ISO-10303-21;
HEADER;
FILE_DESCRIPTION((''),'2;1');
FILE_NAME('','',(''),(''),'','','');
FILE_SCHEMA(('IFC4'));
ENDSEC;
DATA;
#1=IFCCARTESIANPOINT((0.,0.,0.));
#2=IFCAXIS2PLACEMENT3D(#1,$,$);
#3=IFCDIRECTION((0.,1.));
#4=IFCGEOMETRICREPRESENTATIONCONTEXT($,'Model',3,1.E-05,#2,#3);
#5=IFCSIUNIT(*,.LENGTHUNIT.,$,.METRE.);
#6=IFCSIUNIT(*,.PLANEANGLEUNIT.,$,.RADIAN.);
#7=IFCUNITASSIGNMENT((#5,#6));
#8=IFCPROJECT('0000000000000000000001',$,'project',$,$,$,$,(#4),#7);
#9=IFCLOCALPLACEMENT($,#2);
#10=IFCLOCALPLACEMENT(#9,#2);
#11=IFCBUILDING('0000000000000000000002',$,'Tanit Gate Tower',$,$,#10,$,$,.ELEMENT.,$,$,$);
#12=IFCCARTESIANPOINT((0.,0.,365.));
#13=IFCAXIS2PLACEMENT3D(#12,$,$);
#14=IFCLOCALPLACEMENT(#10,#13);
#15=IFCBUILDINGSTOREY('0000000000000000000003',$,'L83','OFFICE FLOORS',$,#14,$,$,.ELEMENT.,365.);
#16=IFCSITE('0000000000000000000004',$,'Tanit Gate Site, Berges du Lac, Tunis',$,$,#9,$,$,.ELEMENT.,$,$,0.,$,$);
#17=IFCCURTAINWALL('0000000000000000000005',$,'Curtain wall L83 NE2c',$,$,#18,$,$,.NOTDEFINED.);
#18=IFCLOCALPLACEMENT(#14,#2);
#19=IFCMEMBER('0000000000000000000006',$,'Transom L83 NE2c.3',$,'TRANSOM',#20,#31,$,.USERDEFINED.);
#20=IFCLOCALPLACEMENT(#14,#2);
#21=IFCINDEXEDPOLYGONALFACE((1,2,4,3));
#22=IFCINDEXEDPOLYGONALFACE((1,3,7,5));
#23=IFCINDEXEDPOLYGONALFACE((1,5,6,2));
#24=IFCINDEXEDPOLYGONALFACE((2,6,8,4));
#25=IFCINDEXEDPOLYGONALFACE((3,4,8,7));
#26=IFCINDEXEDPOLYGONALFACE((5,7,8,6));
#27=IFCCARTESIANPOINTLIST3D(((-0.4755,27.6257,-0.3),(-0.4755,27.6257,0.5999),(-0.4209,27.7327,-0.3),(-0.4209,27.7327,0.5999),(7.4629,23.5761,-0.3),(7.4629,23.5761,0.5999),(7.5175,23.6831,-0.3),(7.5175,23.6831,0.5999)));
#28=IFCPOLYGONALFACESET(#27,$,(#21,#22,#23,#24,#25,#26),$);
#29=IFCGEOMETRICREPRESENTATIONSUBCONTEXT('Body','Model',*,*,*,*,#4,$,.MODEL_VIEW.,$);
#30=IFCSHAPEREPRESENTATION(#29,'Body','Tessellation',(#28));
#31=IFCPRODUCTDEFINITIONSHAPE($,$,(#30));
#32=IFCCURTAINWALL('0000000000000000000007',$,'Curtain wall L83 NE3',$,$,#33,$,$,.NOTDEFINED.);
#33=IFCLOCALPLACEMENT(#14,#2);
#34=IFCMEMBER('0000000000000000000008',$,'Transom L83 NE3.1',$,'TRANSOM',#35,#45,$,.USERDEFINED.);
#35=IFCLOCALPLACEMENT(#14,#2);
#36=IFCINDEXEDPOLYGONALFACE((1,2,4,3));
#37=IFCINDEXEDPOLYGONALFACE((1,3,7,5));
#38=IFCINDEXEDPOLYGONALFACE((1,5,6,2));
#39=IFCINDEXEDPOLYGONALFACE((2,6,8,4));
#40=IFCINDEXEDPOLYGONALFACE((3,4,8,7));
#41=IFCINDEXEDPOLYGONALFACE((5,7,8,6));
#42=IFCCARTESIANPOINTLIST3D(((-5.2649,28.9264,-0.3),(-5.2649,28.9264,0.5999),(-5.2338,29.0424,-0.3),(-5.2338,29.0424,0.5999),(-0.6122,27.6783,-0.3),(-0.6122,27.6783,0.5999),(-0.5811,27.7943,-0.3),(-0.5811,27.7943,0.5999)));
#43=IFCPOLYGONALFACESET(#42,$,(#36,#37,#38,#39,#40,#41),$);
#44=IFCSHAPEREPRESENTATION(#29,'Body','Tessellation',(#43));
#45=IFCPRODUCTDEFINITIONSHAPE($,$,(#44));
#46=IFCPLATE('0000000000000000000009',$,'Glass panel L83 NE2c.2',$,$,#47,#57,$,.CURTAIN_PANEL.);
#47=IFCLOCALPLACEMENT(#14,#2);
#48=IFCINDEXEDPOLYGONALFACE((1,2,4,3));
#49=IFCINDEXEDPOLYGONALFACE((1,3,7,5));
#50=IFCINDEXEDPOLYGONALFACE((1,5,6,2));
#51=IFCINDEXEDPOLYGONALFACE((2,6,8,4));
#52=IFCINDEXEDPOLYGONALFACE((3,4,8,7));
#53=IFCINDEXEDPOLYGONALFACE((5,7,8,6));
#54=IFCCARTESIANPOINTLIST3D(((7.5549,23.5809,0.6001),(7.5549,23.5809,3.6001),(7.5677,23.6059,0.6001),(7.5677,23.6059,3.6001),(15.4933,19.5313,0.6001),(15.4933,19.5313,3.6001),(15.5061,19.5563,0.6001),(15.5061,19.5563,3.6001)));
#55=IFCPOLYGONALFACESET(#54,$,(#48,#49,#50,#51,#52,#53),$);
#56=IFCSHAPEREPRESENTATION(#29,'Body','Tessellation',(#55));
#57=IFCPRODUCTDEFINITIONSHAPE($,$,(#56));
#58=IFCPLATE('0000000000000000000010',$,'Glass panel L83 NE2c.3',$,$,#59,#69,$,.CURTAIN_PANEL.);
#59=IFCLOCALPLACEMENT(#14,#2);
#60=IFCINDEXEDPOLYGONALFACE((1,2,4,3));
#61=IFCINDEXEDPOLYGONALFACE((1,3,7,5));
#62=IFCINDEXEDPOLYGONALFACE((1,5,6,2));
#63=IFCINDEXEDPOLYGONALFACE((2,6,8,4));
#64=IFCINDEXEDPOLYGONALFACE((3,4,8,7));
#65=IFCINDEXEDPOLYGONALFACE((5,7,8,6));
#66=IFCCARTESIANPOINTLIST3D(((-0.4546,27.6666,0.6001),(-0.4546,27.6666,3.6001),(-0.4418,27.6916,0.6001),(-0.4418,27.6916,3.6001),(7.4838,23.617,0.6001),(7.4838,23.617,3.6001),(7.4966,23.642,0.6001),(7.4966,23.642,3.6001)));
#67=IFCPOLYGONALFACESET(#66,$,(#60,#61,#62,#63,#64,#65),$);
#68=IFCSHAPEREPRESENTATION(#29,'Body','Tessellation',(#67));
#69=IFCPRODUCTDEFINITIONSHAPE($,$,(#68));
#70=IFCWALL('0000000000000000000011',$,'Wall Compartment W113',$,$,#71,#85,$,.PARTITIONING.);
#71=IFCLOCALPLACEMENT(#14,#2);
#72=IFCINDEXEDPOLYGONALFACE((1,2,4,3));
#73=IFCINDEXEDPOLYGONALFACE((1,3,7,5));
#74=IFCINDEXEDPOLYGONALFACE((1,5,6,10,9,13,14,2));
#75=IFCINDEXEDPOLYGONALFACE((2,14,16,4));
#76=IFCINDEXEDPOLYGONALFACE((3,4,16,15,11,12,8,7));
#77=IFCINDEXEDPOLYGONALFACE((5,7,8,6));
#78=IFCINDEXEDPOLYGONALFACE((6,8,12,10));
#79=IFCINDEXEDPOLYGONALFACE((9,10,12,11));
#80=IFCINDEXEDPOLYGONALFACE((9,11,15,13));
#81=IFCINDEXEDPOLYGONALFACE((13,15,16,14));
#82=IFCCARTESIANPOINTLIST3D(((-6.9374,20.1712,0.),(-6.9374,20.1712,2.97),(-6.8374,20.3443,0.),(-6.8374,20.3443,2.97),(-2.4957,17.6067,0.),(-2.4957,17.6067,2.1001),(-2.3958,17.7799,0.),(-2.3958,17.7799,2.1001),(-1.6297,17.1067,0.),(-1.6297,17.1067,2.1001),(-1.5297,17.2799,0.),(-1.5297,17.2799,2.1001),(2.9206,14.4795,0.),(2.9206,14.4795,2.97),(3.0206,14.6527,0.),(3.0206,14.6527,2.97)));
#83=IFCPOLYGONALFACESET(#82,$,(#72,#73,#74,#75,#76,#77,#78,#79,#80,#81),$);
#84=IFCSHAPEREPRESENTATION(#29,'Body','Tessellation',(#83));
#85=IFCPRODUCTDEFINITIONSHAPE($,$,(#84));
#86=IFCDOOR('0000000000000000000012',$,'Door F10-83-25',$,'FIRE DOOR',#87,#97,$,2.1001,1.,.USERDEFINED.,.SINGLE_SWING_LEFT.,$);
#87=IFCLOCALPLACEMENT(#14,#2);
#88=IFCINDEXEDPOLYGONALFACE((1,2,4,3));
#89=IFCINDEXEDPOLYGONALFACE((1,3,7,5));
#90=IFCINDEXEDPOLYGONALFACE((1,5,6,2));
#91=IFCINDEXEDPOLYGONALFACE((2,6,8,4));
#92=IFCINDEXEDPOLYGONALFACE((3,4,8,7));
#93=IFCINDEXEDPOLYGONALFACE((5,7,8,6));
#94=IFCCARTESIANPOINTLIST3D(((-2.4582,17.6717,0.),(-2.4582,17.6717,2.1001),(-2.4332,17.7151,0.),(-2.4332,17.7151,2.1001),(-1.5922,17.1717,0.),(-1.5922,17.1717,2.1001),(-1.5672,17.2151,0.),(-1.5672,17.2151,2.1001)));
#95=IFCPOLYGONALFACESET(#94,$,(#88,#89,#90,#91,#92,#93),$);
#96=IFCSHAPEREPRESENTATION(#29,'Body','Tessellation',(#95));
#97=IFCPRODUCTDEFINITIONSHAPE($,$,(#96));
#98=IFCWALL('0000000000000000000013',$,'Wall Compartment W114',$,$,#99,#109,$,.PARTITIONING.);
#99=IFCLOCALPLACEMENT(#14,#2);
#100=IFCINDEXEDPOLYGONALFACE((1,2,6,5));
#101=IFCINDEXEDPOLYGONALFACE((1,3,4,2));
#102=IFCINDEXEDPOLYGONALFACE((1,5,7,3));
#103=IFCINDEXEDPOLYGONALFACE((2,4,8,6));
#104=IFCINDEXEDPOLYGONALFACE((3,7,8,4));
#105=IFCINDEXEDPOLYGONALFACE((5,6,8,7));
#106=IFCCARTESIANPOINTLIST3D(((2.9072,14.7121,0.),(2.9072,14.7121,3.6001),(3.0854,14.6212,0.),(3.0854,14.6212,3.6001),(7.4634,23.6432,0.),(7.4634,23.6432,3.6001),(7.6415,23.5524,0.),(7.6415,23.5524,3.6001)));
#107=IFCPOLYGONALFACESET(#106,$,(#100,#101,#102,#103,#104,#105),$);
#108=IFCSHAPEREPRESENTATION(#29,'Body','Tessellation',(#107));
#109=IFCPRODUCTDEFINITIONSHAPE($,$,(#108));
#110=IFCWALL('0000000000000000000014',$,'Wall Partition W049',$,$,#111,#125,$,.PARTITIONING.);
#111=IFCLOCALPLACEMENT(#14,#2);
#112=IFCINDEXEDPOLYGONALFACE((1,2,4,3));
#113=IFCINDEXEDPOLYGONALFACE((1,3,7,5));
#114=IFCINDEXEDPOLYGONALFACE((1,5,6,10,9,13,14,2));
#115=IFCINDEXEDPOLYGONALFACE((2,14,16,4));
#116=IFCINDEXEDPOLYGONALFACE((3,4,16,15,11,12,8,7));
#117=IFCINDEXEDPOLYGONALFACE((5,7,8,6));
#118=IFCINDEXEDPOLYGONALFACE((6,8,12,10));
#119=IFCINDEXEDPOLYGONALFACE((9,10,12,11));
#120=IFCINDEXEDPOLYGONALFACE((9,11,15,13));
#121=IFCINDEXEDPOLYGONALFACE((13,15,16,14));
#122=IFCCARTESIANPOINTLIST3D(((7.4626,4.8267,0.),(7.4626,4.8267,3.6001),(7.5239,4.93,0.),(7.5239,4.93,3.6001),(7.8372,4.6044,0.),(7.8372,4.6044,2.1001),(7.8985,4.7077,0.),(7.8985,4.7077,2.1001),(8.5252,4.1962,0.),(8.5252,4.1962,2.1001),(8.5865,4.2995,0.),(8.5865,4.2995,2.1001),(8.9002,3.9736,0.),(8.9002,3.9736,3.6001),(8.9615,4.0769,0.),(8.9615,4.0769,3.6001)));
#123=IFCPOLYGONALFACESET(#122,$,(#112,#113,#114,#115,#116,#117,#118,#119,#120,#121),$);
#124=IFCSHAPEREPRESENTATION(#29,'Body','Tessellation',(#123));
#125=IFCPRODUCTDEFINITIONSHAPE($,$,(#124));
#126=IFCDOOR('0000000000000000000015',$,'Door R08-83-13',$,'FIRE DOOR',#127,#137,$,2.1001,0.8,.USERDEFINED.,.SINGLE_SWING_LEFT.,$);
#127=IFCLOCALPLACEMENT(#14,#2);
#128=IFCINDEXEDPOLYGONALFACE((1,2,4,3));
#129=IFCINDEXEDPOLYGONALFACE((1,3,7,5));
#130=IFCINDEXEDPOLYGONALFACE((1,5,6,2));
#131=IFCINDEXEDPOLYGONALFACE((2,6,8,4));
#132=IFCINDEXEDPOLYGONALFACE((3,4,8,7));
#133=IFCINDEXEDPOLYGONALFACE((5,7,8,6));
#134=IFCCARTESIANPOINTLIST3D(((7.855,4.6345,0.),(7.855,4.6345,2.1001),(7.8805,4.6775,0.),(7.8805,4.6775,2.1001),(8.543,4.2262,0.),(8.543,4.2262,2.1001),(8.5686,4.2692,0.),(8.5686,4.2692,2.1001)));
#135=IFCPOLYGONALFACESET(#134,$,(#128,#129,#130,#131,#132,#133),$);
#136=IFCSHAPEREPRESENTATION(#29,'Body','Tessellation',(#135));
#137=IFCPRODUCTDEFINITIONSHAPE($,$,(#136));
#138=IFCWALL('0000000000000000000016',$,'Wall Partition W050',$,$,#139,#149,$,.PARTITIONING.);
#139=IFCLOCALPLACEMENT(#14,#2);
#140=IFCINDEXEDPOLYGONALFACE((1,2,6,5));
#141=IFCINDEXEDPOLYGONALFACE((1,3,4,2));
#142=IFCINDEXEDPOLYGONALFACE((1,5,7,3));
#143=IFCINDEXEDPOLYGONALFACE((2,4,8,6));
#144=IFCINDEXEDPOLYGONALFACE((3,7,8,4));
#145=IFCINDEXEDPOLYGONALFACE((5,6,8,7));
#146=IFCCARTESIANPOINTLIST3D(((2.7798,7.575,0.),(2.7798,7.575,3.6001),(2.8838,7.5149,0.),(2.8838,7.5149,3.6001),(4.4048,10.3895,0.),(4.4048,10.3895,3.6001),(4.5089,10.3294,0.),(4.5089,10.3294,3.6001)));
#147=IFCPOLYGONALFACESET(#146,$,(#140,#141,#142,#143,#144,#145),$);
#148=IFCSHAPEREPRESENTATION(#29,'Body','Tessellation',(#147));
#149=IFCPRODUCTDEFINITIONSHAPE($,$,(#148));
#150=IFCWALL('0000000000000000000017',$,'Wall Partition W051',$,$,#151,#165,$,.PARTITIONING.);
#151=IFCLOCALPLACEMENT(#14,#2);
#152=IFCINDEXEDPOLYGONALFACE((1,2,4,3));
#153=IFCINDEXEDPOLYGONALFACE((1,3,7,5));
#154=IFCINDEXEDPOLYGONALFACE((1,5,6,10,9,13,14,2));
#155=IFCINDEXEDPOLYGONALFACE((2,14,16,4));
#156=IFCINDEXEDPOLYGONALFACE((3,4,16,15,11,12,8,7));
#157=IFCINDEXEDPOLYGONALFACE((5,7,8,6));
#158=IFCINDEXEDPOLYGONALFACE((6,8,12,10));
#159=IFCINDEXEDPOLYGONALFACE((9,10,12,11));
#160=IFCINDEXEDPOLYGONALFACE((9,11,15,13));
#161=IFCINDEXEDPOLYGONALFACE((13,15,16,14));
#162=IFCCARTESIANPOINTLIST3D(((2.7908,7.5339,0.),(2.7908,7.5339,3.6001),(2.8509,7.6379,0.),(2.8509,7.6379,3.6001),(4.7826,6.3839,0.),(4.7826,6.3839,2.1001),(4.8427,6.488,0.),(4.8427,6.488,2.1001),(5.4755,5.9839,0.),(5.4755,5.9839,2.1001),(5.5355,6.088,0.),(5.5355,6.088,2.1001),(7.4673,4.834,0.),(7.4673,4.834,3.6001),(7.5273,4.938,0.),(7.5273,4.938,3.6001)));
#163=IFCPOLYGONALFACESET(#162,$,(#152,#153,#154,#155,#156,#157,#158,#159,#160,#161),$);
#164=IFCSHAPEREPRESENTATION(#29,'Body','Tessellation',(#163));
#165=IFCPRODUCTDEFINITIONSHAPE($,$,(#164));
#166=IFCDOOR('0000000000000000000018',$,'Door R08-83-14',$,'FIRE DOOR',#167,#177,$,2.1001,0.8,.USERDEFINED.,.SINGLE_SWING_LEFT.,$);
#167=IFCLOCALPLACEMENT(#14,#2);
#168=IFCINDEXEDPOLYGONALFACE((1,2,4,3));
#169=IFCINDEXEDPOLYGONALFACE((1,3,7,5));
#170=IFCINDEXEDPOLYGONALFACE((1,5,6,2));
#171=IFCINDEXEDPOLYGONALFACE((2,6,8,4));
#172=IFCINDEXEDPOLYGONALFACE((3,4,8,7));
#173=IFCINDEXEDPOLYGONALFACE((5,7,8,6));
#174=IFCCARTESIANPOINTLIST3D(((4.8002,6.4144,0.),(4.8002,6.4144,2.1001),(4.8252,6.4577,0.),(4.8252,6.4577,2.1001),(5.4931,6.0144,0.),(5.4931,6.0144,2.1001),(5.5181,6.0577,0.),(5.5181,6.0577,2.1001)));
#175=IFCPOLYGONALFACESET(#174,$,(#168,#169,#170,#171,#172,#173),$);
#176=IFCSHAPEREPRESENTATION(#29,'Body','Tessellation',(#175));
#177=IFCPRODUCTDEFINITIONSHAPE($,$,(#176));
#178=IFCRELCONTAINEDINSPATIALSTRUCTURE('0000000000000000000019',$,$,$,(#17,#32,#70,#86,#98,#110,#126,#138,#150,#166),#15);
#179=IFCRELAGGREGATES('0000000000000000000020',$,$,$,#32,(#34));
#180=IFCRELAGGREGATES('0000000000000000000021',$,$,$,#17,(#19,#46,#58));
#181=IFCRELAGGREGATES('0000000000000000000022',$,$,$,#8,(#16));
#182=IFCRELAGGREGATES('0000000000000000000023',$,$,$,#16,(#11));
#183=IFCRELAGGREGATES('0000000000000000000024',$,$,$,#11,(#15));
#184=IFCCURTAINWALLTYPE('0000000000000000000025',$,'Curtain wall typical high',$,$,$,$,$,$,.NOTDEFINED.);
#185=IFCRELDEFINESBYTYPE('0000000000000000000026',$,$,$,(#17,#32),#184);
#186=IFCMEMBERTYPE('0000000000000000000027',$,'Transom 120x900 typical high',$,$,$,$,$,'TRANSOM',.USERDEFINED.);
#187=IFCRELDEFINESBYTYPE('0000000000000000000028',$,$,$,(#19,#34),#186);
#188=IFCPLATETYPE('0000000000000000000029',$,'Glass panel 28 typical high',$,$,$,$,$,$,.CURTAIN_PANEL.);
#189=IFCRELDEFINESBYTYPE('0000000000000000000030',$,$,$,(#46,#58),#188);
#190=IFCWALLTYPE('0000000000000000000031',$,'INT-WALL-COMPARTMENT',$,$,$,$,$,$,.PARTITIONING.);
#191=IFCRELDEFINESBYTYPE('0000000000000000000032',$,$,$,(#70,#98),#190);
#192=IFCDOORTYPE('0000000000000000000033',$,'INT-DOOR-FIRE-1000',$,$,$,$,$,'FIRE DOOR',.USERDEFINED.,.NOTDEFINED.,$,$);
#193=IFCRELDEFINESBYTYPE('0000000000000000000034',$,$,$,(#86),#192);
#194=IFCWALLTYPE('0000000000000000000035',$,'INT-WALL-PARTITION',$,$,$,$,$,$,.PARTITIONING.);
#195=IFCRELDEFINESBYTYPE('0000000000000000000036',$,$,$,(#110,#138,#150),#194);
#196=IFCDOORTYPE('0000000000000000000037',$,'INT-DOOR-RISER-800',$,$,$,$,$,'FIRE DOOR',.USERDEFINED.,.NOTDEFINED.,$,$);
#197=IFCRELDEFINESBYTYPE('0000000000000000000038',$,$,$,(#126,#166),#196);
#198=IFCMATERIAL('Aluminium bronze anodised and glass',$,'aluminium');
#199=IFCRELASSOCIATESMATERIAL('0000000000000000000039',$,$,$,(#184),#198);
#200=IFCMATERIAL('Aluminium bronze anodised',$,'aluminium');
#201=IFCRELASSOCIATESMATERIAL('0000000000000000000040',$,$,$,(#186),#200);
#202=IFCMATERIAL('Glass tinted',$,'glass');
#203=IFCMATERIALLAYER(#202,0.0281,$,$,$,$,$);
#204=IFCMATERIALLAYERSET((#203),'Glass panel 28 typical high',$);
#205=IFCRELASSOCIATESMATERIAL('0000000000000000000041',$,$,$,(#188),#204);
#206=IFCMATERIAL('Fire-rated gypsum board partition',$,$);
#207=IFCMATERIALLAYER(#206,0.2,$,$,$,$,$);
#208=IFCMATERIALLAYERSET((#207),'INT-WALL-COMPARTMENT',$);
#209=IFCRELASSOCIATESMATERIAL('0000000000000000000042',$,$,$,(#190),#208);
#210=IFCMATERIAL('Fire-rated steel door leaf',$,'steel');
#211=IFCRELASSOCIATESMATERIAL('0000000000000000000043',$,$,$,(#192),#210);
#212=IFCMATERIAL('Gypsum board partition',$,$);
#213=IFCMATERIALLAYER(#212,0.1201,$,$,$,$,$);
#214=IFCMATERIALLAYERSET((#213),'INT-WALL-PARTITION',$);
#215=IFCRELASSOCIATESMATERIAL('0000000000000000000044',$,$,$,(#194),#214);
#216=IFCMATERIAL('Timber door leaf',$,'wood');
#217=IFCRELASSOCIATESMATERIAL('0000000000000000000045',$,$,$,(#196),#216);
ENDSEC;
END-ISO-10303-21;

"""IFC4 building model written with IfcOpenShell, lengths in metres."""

from ifc_helpers import new_model, si_unit, direction, frame, frame_2d, origin, origin_2d, place, context, subcontext, project, spatial, rectangle, extrude, material, layer, layer_set, material_profile, profile_set, type_object, element, fill, aggregate, save


model = new_model("IFC4")

# Units and contexts
model_context = context("Model", 3, precision=1e-05, world=origin(), true_north=direction((0.0, 1.0)))
body_context = subcontext(model_context, "Body", "Model", "MODEL_VIEW")
ifc_project = project(units=[si_unit("LENGTHUNIT", "METRE"), si_unit("PLANEANGLEUNIT", "RADIAN")], contexts=[model_context])

# Site, building, storey
site_placement = place(None, origin())
site = spatial("IfcSite", under=ifc_project, at=site_placement, Name="Tanit Gate Site, Berges du Lac, Tunis", CompositionType="ELEMENT", RefElevation=0.0)
building_placement = place(site_placement, origin())
building = spatial("IfcBuilding", under=site, at=building_placement, Name="Tanit Gate Tower", CompositionType="ELEMENT")
storey_placement = place(building_placement, frame((0.0, 0.0, 365.0)))
storey = spatial("IfcBuildingStorey", under=building, at=storey_placement, Name="L83", Description="OFFICE FLOORS", CompositionType="ELEMENT", Elevation=365.0)

# Curtain wall
ifc_material_1 = material(Name="Aluminium bronze anodised and glass", Category="aluminium")
curtain_wall_type = type_object("IfcCurtainWallType", Name="Curtain wall typical high", PredefinedType="NOTDEFINED", material=ifc_material_1)
curtain_wall_1_placement = place(storey_placement, origin())
curtain_wall_1 = element("IfcCurtainWall", 1, at=curtain_wall_1_placement, inside=storey, type_object=curtain_wall_type, Name="Curtain wall L83 NE2c", PredefinedType="NOTDEFINED")

# Member
ifc_material_2 = material(Name="Aluminium bronze anodised", Category="aluminium")
ifc_material_profile_1 = material_profile(ifc_material_2, rectangle(XDim=0.1201, YDim=0.8999, at=origin_2d()), Name="120x900 bronze transom")
ifc_profile_set_1 = profile_set([ifc_material_profile_1], Name="Aluminium bronze anodised")
member_type_1 = type_object("IfcMemberType", Name="Transom 120x900 typical high", ElementType="TRANSOM", PredefinedType="USERDEFINED", material=ifc_profile_set_1)
member_1_placement = place(storey_placement, frame((7.4902, 23.6296, 0.1499), z_axis=(-0.890793, 0.45441, 0.0), x_axis=(-0.45441, -0.890793, 0.0)))
member_1 = element("IfcMember", 2, at=member_1_placement, type_object=member_type_1, Name="Transom L83 NE2c.3", ObjectType="TRANSOM", PredefinedType="USERDEFINED", context=body_context, shape_type="SweptSolid", body=[
    extrude(rectangle(XDim=0.1201, YDim=0.8999, at=origin_2d()), origin(), (0.0, 0.0, 1.0), 8.9116),
])

# Curtain wall, member
curtain_wall_2_placement = place(storey_placement, origin())
curtain_wall_2 = element("IfcCurtainWall", 3, at=curtain_wall_2_placement, inside=storey, type_object=curtain_wall_type, Name="Curtain wall L83 NE3", PredefinedType="NOTDEFINED")
member_2_placement = place(storey_placement, frame((-0.5967, 27.7363, 0.1499), z_axis=(-0.965854, 0.259088, 0.0), x_axis=(-0.259088, -0.965854, 0.0)))
member_2 = element("IfcMember", 4, at=member_2_placement, type_object=member_type_1, Name="Transom L83 NE3.1", ObjectType="TRANSOM", PredefinedType="USERDEFINED", context=body_context, shape_type="SweptSolid", body=[
    extrude(rectangle(XDim=0.1201, YDim=0.8999, at=origin_2d()), origin(), (0.0, 0.0, 1.0), 4.8171),
])
aggregate(curtain_wall_2, [member_2])

# Plates
ifc_material_3 = material(Name="Glass tinted", Category="glass")
ifc_layer_1 = layer(ifc_material_3, 0.0281)
ifc_layer_set_1 = layer_set([ifc_layer_1], Name="Glass panel 28 typical high")
plate_type = type_object("IfcPlateType", Name="Glass panel 28 typical high", PredefinedType="CURTAIN_PANEL", material=ifc_layer_set_1)
plate_1_placement = place(storey_placement, frame((11.5305, 21.5686, 0.6001), z_axis=(0.0, 0.0, 1.0), x_axis=(-0.890792, 0.454411, 0.0)))
plate_1 = element("IfcPlate", 5, at=plate_1_placement, type_object=plate_type, Name="Glass panel L83 NE2c.2", PredefinedType="CURTAIN_PANEL", context=body_context, shape_type="SweptSolid", body=[
    extrude(rectangle(XDim=8.9116, YDim=0.0281, at=origin_2d()), origin(), (0.0, 0.0, 1.0), 3.0),
])
plate_2_placement = place(storey_placement, frame((3.521, 25.6543, 0.6001), z_axis=(0.0, 0.0, 1.0), x_axis=(-0.890792, 0.454411, 0.0)))
plate_2 = element("IfcPlate", 6, at=plate_2_placement, type_object=plate_type, Name="Glass panel L83 NE2c.3", PredefinedType="CURTAIN_PANEL", context=body_context, shape_type="SweptSolid", body=[
    extrude(rectangle(XDim=8.9116, YDim=0.0281, at=origin_2d()), origin(), (0.0, 0.0, 1.0), 3.0),
])
aggregate(curtain_wall_1, [member_1, plate_1, plate_2])

# Wall, opening, door
ifc_material_4 = material(Name="Fire-rated gypsum board partition")
ifc_layer_2 = layer(ifc_material_4, 0.2)
ifc_layer_set_2 = layer_set([ifc_layer_2], Name="INT-WALL-COMPARTMENT")
wall_type_1 = type_object("IfcWallType", Name="INT-WALL-COMPARTMENT", PredefinedType="PARTITIONING", material=ifc_layer_set_2)
wall_1_placement = place(storey_placement, frame((2.9705, 14.5662, 0.0), z_axis=(0.0, 0.0, 1.0), x_axis=(-0.866018, 0.500012, 0.0)))
wall_1 = element("IfcWall", 7, at=wall_1_placement, inside=storey, type_object=wall_type_1, Name="Wall Compartment W113", PredefinedType="PARTITIONING", context=body_context, shape_type="SweptSolid", body=[
    extrude(rectangle(XDim=11.3831, YDim=0.2, at=frame_2d((5.6914, 0.0))), origin(), (0.0, 0.0, 1.0), 2.97),
])
opening_1_placement = place(wall_1_placement, frame((5.2542, 0.0, 0.0)))
opening_1 = element("IfcOpeningElement", 8, at=opening_1_placement, cuts=wall_1, PredefinedType="OPENING", context=body_context, shape_type="SweptSolid", body=[
    extrude(rectangle(XDim=1.0, YDim=2.1001, at=frame_2d((0.5, 1.05))), frame((0.0, 0.1099, 0.0), z_axis=(0.0, -1.0, 0.0), x_axis=(1.0, 0.0, 0.0)), (0.0, 0.0, 1.0), 0.22),
])
ifc_material_5 = material(Name="Fire-rated steel door leaf", Category="steel")
door_type_1 = type_object("IfcDoorType", Name="INT-DOOR-FIRE-1000", ElementType="FIRE DOOR", OperationType="NOTDEFINED", PredefinedType="USERDEFINED", material=ifc_material_5)
door_1_placement = place(opening_1_placement, origin())
door_1 = element("IfcDoor", 9, at=door_1_placement, inside=storey, type_object=door_type_1, Name="Door F10-83-25", ObjectType="FIRE DOOR", OperationType="SINGLE_SWING_LEFT", OverallHeight=2.1001, OverallWidth=1.0, PredefinedType="USERDEFINED", context=body_context, shape_type="SweptSolid", body=[
    extrude(rectangle(XDim=1.0, YDim=2.1001, at=frame_2d((0.5, 1.05))), frame((0.0, 0.0249, 0.0), z_axis=(0.0, -1.0, 0.0), x_axis=(1.0, 0.0, 0.0)), (0.0, 0.0, 1.0), 0.05),
])
fill(opening_1, door_1)

# Wall
wall_2_placement = place(storey_placement, frame((7.5525, 23.5979, 0.0), z_axis=(0.0, 0.0, 1.0), x_axis=(-0.454426, -0.890784, 0.0)))
element("IfcWall", 10, at=wall_2_placement, inside=storey, type_object=wall_type_1, Name="Wall Compartment W114", PredefinedType="PARTITIONING", context=body_context, shape_type="SweptSolid", body=[
    extrude(rectangle(XDim=10.0261, YDim=0.2, at=frame_2d((5.0132, 0.0))), origin(), (0.0, 0.0, 1.0), 3.6001),
])

# Wall, opening, door
ifc_material_6 = material(Name="Gypsum board partition")
ifc_layer_3 = layer(ifc_material_6, 0.1201)
ifc_layer_set_3 = layer_set([ifc_layer_3], Name="INT-WALL-PARTITION")
wall_type_2 = type_object("IfcWallType", Name="INT-WALL-PARTITION", PredefinedType="PARTITIONING", material=ifc_layer_set_3)
wall_3_placement = place(storey_placement, frame((7.4932, 4.8784, 0.0), z_axis=(0.0, 0.0, 1.0), x_axis=(0.859983, -0.510323, 0.0)))
wall_3 = element("IfcWall", 11, at=wall_3_placement, inside=storey, type_object=wall_type_2, Name="Wall Partition W049", PredefinedType="PARTITIONING", context=body_context, shape_type="SweptSolid", body=[
    extrude(rectangle(XDim=1.6716, YDim=0.1201, at=frame_2d((0.8359, 0.0))), origin(), (0.0, 0.0, 1.0), 3.6001),
])
opening_2_placement = place(wall_3_placement, frame((0.4358, 0.0, 0.0)))
opening_2 = element("IfcOpeningElement", 12, at=opening_2_placement, cuts=wall_3, PredefinedType="OPENING", context=body_context, shape_type="SweptSolid", body=[
    extrude(rectangle(XDim=0.8, YDim=2.1001, at=frame_2d((0.3999, 1.05))), frame((0.0, 0.0701, 0.0), z_axis=(0.0, -1.0, 0.0), x_axis=(1.0, 0.0, 0.0)), (0.0, 0.0, 1.0), 0.1401),
])
ifc_material_7 = material(Name="Timber door leaf", Category="wood")
door_type_2 = type_object("IfcDoorType", Name="INT-DOOR-RISER-800", ElementType="FIRE DOOR", OperationType="NOTDEFINED", PredefinedType="USERDEFINED", material=ifc_material_7)
door_2_placement = place(opening_2_placement, origin())
door_2 = element("IfcDoor", 13, at=door_2_placement, inside=storey, type_object=door_type_2, Name="Door R08-83-13", ObjectType="FIRE DOOR", OperationType="SINGLE_SWING_LEFT", OverallHeight=2.1001, OverallWidth=0.8, PredefinedType="USERDEFINED", context=body_context, shape_type="SweptSolid", body=[
    extrude(rectangle(XDim=0.8, YDim=2.1001, at=frame_2d((0.3999, 1.05))), frame((0.0, 0.0249, 0.0), z_axis=(0.0, -1.0, 0.0), x_axis=(1.0, 0.0, 0.0)), (0.0, 0.0, 1.0), 0.05),
])
fill(opening_2, door_2)

# Wall
wall_4_placement = place(storey_placement, frame((2.8318, 7.5449, 0.0), z_axis=(0.0, 0.0, 1.0), x_axis=(0.500017, 0.866015, 0.0)))
element("IfcWall", 14, at=wall_4_placement, inside=storey, type_object=wall_type_2, Name="Wall Partition W050", PredefinedType="PARTITIONING", context=body_context, shape_type="SweptSolid", body=[
    extrude(rectangle(XDim=3.25, YDim=0.1201, at=frame_2d((1.625, 0.0))), origin(), (0.0, 0.0, 1.0), 3.6001),
])

# Wall, opening, door
wall_5_placement = place(storey_placement, frame((7.4973, 4.886, 0.0), z_axis=(0.0, 0.0, 1.0), x_axis=(-0.866028, 0.499995, 0.0)))
wall_5 = element("IfcWall", 15, at=wall_5_placement, inside=storey, type_object=wall_type_2, Name="Wall Partition W051", PredefinedType="PARTITIONING", context=body_context, shape_type="SweptSolid", body=[
    extrude(rectangle(XDim=5.3999, YDim=0.1201, at=frame_2d((2.7, 0.0))), origin(), (0.0, 0.0, 1.0), 3.6001),
])
opening_3_placement = place(wall_5_placement, frame((2.3, 0.0, 0.0)))
opening_3 = element("IfcOpeningElement", 16, at=opening_3_placement, cuts=wall_5, PredefinedType="OPENING", context=body_context, shape_type="SweptSolid", body=[
    extrude(rectangle(XDim=0.8, YDim=2.1001, at=frame_2d((0.3999, 1.05))), frame((0.0, 0.0701, 0.0), z_axis=(0.0, -1.0, 0.0), x_axis=(1.0, 0.0, 0.0)), (0.0, 0.0, 1.0), 0.1401),
])
door_3_placement = place(opening_3_placement, origin())
door_3 = element("IfcDoor", 17, at=door_3_placement, inside=storey, type_object=door_type_2, Name="Door R08-83-14", ObjectType="FIRE DOOR", OperationType="SINGLE_SWING_LEFT", OverallHeight=2.1001, OverallWidth=0.8, PredefinedType="USERDEFINED", context=body_context, shape_type="SweptSolid", body=[
    extrude(rectangle(XDim=0.8, YDim=2.1001, at=frame_2d((0.3999, 1.05))), frame((0.0, 0.0249, 0.0), z_axis=(0.0, -1.0, 0.0), x_axis=(1.0, 0.0, 0.0)), (0.0, 0.0, 1.0), 0.05),
])
fill(opening_3, door_3)

save(model, "model.ifc")
